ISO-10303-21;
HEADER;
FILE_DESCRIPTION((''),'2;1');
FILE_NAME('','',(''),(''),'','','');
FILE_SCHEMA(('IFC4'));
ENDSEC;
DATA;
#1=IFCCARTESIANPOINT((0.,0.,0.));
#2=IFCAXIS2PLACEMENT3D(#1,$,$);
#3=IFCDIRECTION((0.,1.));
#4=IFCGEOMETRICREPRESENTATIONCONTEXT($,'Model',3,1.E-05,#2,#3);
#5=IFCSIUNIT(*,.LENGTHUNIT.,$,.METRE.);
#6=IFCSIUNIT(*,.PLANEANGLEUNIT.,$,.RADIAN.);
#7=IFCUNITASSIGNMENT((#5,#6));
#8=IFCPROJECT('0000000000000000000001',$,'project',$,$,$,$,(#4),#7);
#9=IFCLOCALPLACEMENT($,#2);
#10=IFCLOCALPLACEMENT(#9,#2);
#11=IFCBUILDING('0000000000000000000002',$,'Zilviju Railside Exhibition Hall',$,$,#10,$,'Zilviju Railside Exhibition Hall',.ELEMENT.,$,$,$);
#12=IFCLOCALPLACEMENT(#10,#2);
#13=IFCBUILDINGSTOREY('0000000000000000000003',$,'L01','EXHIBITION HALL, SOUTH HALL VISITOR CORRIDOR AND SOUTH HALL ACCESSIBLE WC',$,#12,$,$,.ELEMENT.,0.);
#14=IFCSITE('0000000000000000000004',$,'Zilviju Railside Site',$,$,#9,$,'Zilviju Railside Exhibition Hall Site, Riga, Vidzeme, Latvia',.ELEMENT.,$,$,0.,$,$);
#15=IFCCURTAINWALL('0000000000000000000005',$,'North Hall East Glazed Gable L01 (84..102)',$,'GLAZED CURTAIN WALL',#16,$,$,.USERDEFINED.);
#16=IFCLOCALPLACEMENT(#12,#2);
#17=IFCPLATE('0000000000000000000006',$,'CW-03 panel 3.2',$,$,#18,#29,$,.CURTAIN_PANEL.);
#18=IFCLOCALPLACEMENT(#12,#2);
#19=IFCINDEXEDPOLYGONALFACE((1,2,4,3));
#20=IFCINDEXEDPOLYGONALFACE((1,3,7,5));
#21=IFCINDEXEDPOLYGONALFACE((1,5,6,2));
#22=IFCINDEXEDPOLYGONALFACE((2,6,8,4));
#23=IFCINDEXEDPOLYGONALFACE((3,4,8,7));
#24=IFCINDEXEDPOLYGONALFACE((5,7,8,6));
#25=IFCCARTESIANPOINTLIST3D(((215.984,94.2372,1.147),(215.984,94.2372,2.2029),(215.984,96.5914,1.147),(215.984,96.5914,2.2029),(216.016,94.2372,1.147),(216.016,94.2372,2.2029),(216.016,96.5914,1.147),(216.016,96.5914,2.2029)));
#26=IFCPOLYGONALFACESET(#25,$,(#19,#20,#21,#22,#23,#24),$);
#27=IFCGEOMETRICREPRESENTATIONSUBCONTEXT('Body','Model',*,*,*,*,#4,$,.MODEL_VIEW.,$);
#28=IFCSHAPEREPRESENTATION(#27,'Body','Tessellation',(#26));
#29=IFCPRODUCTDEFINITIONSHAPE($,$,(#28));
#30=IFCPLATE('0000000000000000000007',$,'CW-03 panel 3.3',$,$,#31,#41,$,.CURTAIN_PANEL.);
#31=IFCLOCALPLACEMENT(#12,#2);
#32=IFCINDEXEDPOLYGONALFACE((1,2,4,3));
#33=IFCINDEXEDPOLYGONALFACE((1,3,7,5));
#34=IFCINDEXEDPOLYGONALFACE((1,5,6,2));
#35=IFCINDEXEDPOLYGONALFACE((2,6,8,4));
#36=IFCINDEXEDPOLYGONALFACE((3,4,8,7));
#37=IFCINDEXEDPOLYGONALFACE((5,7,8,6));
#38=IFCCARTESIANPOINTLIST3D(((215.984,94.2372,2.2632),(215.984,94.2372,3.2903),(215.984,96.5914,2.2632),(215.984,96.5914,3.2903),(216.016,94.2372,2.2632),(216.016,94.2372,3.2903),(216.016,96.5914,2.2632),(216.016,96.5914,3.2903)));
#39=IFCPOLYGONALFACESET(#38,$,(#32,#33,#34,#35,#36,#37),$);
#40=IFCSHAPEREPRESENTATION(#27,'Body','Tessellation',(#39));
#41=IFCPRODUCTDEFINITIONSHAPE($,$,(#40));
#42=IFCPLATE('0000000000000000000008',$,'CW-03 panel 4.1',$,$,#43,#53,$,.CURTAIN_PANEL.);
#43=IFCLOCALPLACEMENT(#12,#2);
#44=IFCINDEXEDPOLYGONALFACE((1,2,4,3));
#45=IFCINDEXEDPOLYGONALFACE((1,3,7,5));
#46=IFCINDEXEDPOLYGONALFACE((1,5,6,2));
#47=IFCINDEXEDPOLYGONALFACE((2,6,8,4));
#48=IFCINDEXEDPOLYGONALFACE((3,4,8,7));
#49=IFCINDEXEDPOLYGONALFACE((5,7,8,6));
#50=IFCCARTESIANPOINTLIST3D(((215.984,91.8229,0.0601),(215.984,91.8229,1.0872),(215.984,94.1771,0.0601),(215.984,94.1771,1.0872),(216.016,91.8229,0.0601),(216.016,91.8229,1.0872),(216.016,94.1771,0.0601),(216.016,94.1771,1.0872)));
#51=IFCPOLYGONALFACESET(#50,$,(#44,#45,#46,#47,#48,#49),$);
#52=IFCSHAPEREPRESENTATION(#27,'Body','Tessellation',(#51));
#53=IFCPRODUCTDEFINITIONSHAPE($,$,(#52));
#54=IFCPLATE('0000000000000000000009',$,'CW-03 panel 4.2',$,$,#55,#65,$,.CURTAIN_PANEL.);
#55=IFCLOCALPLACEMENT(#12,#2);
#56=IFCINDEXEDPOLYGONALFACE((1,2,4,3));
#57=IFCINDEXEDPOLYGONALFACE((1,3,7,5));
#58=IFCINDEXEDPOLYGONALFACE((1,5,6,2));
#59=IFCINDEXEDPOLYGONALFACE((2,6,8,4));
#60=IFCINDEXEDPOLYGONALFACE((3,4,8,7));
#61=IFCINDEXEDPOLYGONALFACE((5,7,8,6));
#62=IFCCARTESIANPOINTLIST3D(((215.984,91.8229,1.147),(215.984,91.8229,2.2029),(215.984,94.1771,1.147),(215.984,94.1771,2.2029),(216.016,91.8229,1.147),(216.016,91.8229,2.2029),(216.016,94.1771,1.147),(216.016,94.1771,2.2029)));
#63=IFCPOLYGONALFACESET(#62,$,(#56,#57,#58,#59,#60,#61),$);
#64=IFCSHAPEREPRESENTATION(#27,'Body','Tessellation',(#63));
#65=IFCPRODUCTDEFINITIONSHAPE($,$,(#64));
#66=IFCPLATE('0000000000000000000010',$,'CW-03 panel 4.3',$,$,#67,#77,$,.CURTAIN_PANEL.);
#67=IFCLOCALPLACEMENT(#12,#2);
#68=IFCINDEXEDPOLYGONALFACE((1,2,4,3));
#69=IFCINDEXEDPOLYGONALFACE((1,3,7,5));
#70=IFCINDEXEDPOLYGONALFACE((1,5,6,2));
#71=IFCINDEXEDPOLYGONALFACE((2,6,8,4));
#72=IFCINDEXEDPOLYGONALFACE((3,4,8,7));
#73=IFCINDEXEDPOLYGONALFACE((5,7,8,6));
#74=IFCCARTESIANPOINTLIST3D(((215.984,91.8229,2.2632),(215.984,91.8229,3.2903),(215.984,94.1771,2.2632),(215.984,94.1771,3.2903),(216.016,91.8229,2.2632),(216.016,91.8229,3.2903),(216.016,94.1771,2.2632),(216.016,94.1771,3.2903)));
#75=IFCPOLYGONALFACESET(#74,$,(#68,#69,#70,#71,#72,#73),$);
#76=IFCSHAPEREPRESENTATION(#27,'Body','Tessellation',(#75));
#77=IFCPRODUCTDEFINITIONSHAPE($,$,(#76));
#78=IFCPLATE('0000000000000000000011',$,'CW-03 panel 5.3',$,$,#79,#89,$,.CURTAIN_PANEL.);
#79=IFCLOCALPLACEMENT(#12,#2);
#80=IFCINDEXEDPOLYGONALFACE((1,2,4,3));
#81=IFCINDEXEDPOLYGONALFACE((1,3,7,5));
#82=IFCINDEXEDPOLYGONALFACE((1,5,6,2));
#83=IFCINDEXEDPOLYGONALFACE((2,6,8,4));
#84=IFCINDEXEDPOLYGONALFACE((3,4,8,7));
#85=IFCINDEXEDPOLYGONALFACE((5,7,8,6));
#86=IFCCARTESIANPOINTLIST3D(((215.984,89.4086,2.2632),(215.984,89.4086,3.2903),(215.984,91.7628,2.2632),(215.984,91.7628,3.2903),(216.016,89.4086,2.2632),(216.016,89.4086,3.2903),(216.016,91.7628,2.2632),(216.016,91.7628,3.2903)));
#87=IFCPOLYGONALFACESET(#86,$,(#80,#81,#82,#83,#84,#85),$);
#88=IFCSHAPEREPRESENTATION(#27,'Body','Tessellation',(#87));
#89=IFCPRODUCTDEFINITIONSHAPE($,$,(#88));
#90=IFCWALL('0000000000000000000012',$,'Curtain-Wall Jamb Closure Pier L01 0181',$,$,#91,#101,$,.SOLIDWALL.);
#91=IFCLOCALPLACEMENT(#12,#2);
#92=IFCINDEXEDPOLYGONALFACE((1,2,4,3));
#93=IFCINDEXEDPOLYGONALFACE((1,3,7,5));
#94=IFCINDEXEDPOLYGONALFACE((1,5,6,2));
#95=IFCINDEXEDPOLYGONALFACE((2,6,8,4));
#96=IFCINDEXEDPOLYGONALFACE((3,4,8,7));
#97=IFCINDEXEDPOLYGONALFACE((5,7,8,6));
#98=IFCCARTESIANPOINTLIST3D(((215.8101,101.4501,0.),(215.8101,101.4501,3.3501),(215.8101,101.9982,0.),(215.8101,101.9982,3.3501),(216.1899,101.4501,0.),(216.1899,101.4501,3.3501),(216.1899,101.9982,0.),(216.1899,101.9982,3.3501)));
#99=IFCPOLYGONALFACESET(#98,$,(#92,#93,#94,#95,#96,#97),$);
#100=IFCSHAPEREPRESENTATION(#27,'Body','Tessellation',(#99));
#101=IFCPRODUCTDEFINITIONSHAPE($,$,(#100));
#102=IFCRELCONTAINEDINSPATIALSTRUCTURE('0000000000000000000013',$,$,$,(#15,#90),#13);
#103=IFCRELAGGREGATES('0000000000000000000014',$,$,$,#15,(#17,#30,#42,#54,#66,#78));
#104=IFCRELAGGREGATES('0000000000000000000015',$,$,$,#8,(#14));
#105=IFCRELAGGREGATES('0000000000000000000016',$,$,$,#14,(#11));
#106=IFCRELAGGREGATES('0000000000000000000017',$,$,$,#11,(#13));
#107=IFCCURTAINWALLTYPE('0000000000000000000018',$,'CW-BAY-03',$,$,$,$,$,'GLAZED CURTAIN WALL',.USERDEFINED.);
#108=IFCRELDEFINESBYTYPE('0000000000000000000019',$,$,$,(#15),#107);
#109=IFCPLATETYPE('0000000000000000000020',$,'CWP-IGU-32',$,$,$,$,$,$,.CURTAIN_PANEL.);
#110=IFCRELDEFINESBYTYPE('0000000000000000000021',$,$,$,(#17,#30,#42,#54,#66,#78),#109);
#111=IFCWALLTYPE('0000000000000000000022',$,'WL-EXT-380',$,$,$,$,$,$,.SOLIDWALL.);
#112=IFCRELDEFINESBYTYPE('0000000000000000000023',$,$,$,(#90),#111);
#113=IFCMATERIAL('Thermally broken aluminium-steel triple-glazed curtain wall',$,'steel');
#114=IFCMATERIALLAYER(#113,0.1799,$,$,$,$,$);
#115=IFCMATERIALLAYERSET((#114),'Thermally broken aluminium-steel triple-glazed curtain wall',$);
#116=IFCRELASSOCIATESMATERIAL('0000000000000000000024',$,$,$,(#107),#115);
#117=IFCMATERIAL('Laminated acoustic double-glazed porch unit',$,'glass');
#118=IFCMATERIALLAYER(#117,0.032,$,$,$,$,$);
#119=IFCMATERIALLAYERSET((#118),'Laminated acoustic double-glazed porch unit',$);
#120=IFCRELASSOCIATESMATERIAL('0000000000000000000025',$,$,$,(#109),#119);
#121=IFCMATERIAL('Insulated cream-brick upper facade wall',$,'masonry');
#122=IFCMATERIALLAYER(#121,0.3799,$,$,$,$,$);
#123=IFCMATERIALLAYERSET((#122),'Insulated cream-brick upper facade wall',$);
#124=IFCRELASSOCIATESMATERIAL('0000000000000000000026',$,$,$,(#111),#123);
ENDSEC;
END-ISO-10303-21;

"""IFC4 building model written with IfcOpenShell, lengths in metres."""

from ifc_helpers import new_model, si_unit, direction, frame, frame_2d, origin, origin_2d, place, context, subcontext, project, spatial, rectangle, extrude, material, layer, layer_set, type_object, element, aggregate, save


model = new_model("IFC4")

# Units and contexts
model_context = context("Model", 3, precision=1e-05, world=origin(), true_north=direction((0.0, 1.0)))
body_context = subcontext(model_context, "Body", "Model", "MODEL_VIEW")
ifc_project = project(units=[si_unit("LENGTHUNIT", "METRE"), si_unit("PLANEANGLEUNIT", "RADIAN")], contexts=[model_context])

# Site, building, storey
site_placement = place(None, origin())
site = spatial("IfcSite", under=ifc_project, at=site_placement, Name="Zilviju Railside Site", LongName="Zilviju Railside Exhibition Hall Site, Riga, Vidzeme, Latvia", CompositionType="ELEMENT", RefElevation=0.0)
building_placement = place(site_placement, origin())
building = spatial("IfcBuilding", under=site, at=building_placement, Name="Zilviju Railside Exhibition Hall", LongName="Zilviju Railside Exhibition Hall", CompositionType="ELEMENT")
storey_placement = place(building_placement, origin())
storey = spatial("IfcBuildingStorey", under=building, at=storey_placement, Name="L01", Description="EXHIBITION HALL, SOUTH HALL VISITOR CORRIDOR AND SOUTH HALL ACCESSIBLE WC", CompositionType="ELEMENT", Elevation=0.0)

# Curtain wall, plates
ifc_material_1 = material(Name="Thermally broken aluminium-steel triple-glazed curtain wall", Category="steel")
ifc_layer_1 = layer(ifc_material_1, 0.1799)
ifc_layer_set_1 = layer_set([ifc_layer_1], Name="Thermally broken aluminium-steel triple-glazed curtain wall")
curtain_wall_type = type_object("IfcCurtainWallType", Name="CW-BAY-03", ElementType="GLAZED CURTAIN WALL", PredefinedType="USERDEFINED", material=ifc_layer_set_1)
curtain_wall_placement = place(storey_placement, origin())
curtain_wall = element("IfcCurtainWall", 1, at=curtain_wall_placement, inside=storey, type_object=curtain_wall_type, Name="North Hall East Glazed Gable L01 (84..102)", ObjectType="GLAZED CURTAIN WALL", PredefinedType="USERDEFINED")
ifc_material_2 = material(Name="Laminated acoustic double-glazed porch unit", Category="glass")
ifc_layer_2 = layer(ifc_material_2, 0.032)
ifc_layer_set_2 = layer_set([ifc_layer_2], Name="Laminated acoustic double-glazed porch unit")
plate_type = type_object("IfcPlateType", Name="CWP-IGU-32", PredefinedType="CURTAIN_PANEL", material=ifc_layer_set_2)
plate_1_placement = place(storey_placement, frame((216.0, 95.4143, 1.147), z_axis=(0.0, 0.0, 1.0), x_axis=(0.0, -1.0, 0.0)))
plate_1 = element("IfcPlate", 2, at=plate_1_placement, type_object=plate_type, Name="CW-03 panel 3.2", PredefinedType="CURTAIN_PANEL", context=body_context, shape_type="SweptSolid", body=[
    extrude(rectangle(XDim=2.3542, YDim=0.032, at=origin_2d()), origin(), (0.0, 0.0, 1.0), 1.0559),
])
plate_2_placement = place(storey_placement, frame((216.0, 95.4143, 2.2632), z_axis=(0.0, 0.0, 1.0), x_axis=(0.0, -1.0, 0.0)))
plate_2 = element("IfcPlate", 3, at=plate_2_placement, type_object=plate_type, Name="CW-03 panel 3.3", PredefinedType="CURTAIN_PANEL", context=body_context, shape_type="SweptSolid", body=[
    extrude(rectangle(XDim=2.3542, YDim=0.032, at=origin_2d()), origin(), (0.0, 0.0, 1.0), 1.0271),
])
plate_3_placement = place(storey_placement, frame((216.0, 93.0, 0.0601), z_axis=(0.0, 0.0, 1.0), x_axis=(0.0, -1.0, 0.0)))
plate_3 = element("IfcPlate", 4, at=plate_3_placement, type_object=plate_type, Name="CW-03 panel 4.1", PredefinedType="CURTAIN_PANEL", context=body_context, shape_type="SweptSolid", body=[
    extrude(rectangle(XDim=2.3542, YDim=0.032, at=origin_2d()), origin(), (0.0, 0.0, 1.0), 1.0271),
])
plate_4_placement = place(storey_placement, frame((216.0, 93.0, 1.147), z_axis=(0.0, 0.0, 1.0), x_axis=(0.0, -1.0, 0.0)))
plate_4 = element("IfcPlate", 5, at=plate_4_placement, type_object=plate_type, Name="CW-03 panel 4.2", PredefinedType="CURTAIN_PANEL", context=body_context, shape_type="SweptSolid", body=[
    extrude(rectangle(XDim=2.3542, YDim=0.032, at=origin_2d()), origin(), (0.0, 0.0, 1.0), 1.0559),
])
plate_5_placement = place(storey_placement, frame((216.0, 93.0, 2.2632), z_axis=(0.0, 0.0, 1.0), x_axis=(0.0, -1.0, 0.0)))
plate_5 = element("IfcPlate", 6, at=plate_5_placement, type_object=plate_type, Name="CW-03 panel 4.3", PredefinedType="CURTAIN_PANEL", context=body_context, shape_type="SweptSolid", body=[
    extrude(rectangle(XDim=2.3542, YDim=0.032, at=origin_2d()), origin(), (0.0, 0.0, 1.0), 1.0271),
])
plate_6_placement = place(storey_placement, frame((216.0, 90.5857, 2.2632), z_axis=(0.0, 0.0, 1.0), x_axis=(0.0, -1.0, 0.0)))
plate_6 = element("IfcPlate", 7, at=plate_6_placement, type_object=plate_type, Name="CW-03 panel 5.3", PredefinedType="CURTAIN_PANEL", context=body_context, shape_type="SweptSolid", body=[
    extrude(rectangle(XDim=2.3542, YDim=0.032, at=origin_2d()), origin(), (0.0, 0.0, 1.0), 1.0271),
])
aggregate(curtain_wall, [plate_1, plate_2, plate_3, plate_4, plate_5, plate_6])

# Wall
ifc_material_3 = material(Name="Insulated cream-brick upper facade wall", Category="masonry")
ifc_layer_3 = layer(ifc_material_3, 0.3799)
ifc_layer_set_3 = layer_set([ifc_layer_3], Name="Insulated cream-brick upper facade wall")
wall_type = type_object("IfcWallType", Name="WL-EXT-380", PredefinedType="SOLIDWALL", material=ifc_layer_set_3)
wall_placement = place(storey_placement, frame((216.0, 101.998, 0.0), z_axis=(0.0, 0.0, 1.0), x_axis=(0.0, -1.0, 0.0)))
element("IfcWall", 8, at=wall_placement, inside=storey, type_object=wall_type, Name="Curtain-Wall Jamb Closure Pier L01 0181", PredefinedType="SOLIDWALL", context=body_context, shape_type="SweptSolid", body=[
    extrude(rectangle(XDim=0.5481, YDim=0.3799, at=frame_2d((0.2739, 0.0))), origin(), (0.0, 0.0, 1.0), 3.3501),
])

save(model, "model.ifc")
